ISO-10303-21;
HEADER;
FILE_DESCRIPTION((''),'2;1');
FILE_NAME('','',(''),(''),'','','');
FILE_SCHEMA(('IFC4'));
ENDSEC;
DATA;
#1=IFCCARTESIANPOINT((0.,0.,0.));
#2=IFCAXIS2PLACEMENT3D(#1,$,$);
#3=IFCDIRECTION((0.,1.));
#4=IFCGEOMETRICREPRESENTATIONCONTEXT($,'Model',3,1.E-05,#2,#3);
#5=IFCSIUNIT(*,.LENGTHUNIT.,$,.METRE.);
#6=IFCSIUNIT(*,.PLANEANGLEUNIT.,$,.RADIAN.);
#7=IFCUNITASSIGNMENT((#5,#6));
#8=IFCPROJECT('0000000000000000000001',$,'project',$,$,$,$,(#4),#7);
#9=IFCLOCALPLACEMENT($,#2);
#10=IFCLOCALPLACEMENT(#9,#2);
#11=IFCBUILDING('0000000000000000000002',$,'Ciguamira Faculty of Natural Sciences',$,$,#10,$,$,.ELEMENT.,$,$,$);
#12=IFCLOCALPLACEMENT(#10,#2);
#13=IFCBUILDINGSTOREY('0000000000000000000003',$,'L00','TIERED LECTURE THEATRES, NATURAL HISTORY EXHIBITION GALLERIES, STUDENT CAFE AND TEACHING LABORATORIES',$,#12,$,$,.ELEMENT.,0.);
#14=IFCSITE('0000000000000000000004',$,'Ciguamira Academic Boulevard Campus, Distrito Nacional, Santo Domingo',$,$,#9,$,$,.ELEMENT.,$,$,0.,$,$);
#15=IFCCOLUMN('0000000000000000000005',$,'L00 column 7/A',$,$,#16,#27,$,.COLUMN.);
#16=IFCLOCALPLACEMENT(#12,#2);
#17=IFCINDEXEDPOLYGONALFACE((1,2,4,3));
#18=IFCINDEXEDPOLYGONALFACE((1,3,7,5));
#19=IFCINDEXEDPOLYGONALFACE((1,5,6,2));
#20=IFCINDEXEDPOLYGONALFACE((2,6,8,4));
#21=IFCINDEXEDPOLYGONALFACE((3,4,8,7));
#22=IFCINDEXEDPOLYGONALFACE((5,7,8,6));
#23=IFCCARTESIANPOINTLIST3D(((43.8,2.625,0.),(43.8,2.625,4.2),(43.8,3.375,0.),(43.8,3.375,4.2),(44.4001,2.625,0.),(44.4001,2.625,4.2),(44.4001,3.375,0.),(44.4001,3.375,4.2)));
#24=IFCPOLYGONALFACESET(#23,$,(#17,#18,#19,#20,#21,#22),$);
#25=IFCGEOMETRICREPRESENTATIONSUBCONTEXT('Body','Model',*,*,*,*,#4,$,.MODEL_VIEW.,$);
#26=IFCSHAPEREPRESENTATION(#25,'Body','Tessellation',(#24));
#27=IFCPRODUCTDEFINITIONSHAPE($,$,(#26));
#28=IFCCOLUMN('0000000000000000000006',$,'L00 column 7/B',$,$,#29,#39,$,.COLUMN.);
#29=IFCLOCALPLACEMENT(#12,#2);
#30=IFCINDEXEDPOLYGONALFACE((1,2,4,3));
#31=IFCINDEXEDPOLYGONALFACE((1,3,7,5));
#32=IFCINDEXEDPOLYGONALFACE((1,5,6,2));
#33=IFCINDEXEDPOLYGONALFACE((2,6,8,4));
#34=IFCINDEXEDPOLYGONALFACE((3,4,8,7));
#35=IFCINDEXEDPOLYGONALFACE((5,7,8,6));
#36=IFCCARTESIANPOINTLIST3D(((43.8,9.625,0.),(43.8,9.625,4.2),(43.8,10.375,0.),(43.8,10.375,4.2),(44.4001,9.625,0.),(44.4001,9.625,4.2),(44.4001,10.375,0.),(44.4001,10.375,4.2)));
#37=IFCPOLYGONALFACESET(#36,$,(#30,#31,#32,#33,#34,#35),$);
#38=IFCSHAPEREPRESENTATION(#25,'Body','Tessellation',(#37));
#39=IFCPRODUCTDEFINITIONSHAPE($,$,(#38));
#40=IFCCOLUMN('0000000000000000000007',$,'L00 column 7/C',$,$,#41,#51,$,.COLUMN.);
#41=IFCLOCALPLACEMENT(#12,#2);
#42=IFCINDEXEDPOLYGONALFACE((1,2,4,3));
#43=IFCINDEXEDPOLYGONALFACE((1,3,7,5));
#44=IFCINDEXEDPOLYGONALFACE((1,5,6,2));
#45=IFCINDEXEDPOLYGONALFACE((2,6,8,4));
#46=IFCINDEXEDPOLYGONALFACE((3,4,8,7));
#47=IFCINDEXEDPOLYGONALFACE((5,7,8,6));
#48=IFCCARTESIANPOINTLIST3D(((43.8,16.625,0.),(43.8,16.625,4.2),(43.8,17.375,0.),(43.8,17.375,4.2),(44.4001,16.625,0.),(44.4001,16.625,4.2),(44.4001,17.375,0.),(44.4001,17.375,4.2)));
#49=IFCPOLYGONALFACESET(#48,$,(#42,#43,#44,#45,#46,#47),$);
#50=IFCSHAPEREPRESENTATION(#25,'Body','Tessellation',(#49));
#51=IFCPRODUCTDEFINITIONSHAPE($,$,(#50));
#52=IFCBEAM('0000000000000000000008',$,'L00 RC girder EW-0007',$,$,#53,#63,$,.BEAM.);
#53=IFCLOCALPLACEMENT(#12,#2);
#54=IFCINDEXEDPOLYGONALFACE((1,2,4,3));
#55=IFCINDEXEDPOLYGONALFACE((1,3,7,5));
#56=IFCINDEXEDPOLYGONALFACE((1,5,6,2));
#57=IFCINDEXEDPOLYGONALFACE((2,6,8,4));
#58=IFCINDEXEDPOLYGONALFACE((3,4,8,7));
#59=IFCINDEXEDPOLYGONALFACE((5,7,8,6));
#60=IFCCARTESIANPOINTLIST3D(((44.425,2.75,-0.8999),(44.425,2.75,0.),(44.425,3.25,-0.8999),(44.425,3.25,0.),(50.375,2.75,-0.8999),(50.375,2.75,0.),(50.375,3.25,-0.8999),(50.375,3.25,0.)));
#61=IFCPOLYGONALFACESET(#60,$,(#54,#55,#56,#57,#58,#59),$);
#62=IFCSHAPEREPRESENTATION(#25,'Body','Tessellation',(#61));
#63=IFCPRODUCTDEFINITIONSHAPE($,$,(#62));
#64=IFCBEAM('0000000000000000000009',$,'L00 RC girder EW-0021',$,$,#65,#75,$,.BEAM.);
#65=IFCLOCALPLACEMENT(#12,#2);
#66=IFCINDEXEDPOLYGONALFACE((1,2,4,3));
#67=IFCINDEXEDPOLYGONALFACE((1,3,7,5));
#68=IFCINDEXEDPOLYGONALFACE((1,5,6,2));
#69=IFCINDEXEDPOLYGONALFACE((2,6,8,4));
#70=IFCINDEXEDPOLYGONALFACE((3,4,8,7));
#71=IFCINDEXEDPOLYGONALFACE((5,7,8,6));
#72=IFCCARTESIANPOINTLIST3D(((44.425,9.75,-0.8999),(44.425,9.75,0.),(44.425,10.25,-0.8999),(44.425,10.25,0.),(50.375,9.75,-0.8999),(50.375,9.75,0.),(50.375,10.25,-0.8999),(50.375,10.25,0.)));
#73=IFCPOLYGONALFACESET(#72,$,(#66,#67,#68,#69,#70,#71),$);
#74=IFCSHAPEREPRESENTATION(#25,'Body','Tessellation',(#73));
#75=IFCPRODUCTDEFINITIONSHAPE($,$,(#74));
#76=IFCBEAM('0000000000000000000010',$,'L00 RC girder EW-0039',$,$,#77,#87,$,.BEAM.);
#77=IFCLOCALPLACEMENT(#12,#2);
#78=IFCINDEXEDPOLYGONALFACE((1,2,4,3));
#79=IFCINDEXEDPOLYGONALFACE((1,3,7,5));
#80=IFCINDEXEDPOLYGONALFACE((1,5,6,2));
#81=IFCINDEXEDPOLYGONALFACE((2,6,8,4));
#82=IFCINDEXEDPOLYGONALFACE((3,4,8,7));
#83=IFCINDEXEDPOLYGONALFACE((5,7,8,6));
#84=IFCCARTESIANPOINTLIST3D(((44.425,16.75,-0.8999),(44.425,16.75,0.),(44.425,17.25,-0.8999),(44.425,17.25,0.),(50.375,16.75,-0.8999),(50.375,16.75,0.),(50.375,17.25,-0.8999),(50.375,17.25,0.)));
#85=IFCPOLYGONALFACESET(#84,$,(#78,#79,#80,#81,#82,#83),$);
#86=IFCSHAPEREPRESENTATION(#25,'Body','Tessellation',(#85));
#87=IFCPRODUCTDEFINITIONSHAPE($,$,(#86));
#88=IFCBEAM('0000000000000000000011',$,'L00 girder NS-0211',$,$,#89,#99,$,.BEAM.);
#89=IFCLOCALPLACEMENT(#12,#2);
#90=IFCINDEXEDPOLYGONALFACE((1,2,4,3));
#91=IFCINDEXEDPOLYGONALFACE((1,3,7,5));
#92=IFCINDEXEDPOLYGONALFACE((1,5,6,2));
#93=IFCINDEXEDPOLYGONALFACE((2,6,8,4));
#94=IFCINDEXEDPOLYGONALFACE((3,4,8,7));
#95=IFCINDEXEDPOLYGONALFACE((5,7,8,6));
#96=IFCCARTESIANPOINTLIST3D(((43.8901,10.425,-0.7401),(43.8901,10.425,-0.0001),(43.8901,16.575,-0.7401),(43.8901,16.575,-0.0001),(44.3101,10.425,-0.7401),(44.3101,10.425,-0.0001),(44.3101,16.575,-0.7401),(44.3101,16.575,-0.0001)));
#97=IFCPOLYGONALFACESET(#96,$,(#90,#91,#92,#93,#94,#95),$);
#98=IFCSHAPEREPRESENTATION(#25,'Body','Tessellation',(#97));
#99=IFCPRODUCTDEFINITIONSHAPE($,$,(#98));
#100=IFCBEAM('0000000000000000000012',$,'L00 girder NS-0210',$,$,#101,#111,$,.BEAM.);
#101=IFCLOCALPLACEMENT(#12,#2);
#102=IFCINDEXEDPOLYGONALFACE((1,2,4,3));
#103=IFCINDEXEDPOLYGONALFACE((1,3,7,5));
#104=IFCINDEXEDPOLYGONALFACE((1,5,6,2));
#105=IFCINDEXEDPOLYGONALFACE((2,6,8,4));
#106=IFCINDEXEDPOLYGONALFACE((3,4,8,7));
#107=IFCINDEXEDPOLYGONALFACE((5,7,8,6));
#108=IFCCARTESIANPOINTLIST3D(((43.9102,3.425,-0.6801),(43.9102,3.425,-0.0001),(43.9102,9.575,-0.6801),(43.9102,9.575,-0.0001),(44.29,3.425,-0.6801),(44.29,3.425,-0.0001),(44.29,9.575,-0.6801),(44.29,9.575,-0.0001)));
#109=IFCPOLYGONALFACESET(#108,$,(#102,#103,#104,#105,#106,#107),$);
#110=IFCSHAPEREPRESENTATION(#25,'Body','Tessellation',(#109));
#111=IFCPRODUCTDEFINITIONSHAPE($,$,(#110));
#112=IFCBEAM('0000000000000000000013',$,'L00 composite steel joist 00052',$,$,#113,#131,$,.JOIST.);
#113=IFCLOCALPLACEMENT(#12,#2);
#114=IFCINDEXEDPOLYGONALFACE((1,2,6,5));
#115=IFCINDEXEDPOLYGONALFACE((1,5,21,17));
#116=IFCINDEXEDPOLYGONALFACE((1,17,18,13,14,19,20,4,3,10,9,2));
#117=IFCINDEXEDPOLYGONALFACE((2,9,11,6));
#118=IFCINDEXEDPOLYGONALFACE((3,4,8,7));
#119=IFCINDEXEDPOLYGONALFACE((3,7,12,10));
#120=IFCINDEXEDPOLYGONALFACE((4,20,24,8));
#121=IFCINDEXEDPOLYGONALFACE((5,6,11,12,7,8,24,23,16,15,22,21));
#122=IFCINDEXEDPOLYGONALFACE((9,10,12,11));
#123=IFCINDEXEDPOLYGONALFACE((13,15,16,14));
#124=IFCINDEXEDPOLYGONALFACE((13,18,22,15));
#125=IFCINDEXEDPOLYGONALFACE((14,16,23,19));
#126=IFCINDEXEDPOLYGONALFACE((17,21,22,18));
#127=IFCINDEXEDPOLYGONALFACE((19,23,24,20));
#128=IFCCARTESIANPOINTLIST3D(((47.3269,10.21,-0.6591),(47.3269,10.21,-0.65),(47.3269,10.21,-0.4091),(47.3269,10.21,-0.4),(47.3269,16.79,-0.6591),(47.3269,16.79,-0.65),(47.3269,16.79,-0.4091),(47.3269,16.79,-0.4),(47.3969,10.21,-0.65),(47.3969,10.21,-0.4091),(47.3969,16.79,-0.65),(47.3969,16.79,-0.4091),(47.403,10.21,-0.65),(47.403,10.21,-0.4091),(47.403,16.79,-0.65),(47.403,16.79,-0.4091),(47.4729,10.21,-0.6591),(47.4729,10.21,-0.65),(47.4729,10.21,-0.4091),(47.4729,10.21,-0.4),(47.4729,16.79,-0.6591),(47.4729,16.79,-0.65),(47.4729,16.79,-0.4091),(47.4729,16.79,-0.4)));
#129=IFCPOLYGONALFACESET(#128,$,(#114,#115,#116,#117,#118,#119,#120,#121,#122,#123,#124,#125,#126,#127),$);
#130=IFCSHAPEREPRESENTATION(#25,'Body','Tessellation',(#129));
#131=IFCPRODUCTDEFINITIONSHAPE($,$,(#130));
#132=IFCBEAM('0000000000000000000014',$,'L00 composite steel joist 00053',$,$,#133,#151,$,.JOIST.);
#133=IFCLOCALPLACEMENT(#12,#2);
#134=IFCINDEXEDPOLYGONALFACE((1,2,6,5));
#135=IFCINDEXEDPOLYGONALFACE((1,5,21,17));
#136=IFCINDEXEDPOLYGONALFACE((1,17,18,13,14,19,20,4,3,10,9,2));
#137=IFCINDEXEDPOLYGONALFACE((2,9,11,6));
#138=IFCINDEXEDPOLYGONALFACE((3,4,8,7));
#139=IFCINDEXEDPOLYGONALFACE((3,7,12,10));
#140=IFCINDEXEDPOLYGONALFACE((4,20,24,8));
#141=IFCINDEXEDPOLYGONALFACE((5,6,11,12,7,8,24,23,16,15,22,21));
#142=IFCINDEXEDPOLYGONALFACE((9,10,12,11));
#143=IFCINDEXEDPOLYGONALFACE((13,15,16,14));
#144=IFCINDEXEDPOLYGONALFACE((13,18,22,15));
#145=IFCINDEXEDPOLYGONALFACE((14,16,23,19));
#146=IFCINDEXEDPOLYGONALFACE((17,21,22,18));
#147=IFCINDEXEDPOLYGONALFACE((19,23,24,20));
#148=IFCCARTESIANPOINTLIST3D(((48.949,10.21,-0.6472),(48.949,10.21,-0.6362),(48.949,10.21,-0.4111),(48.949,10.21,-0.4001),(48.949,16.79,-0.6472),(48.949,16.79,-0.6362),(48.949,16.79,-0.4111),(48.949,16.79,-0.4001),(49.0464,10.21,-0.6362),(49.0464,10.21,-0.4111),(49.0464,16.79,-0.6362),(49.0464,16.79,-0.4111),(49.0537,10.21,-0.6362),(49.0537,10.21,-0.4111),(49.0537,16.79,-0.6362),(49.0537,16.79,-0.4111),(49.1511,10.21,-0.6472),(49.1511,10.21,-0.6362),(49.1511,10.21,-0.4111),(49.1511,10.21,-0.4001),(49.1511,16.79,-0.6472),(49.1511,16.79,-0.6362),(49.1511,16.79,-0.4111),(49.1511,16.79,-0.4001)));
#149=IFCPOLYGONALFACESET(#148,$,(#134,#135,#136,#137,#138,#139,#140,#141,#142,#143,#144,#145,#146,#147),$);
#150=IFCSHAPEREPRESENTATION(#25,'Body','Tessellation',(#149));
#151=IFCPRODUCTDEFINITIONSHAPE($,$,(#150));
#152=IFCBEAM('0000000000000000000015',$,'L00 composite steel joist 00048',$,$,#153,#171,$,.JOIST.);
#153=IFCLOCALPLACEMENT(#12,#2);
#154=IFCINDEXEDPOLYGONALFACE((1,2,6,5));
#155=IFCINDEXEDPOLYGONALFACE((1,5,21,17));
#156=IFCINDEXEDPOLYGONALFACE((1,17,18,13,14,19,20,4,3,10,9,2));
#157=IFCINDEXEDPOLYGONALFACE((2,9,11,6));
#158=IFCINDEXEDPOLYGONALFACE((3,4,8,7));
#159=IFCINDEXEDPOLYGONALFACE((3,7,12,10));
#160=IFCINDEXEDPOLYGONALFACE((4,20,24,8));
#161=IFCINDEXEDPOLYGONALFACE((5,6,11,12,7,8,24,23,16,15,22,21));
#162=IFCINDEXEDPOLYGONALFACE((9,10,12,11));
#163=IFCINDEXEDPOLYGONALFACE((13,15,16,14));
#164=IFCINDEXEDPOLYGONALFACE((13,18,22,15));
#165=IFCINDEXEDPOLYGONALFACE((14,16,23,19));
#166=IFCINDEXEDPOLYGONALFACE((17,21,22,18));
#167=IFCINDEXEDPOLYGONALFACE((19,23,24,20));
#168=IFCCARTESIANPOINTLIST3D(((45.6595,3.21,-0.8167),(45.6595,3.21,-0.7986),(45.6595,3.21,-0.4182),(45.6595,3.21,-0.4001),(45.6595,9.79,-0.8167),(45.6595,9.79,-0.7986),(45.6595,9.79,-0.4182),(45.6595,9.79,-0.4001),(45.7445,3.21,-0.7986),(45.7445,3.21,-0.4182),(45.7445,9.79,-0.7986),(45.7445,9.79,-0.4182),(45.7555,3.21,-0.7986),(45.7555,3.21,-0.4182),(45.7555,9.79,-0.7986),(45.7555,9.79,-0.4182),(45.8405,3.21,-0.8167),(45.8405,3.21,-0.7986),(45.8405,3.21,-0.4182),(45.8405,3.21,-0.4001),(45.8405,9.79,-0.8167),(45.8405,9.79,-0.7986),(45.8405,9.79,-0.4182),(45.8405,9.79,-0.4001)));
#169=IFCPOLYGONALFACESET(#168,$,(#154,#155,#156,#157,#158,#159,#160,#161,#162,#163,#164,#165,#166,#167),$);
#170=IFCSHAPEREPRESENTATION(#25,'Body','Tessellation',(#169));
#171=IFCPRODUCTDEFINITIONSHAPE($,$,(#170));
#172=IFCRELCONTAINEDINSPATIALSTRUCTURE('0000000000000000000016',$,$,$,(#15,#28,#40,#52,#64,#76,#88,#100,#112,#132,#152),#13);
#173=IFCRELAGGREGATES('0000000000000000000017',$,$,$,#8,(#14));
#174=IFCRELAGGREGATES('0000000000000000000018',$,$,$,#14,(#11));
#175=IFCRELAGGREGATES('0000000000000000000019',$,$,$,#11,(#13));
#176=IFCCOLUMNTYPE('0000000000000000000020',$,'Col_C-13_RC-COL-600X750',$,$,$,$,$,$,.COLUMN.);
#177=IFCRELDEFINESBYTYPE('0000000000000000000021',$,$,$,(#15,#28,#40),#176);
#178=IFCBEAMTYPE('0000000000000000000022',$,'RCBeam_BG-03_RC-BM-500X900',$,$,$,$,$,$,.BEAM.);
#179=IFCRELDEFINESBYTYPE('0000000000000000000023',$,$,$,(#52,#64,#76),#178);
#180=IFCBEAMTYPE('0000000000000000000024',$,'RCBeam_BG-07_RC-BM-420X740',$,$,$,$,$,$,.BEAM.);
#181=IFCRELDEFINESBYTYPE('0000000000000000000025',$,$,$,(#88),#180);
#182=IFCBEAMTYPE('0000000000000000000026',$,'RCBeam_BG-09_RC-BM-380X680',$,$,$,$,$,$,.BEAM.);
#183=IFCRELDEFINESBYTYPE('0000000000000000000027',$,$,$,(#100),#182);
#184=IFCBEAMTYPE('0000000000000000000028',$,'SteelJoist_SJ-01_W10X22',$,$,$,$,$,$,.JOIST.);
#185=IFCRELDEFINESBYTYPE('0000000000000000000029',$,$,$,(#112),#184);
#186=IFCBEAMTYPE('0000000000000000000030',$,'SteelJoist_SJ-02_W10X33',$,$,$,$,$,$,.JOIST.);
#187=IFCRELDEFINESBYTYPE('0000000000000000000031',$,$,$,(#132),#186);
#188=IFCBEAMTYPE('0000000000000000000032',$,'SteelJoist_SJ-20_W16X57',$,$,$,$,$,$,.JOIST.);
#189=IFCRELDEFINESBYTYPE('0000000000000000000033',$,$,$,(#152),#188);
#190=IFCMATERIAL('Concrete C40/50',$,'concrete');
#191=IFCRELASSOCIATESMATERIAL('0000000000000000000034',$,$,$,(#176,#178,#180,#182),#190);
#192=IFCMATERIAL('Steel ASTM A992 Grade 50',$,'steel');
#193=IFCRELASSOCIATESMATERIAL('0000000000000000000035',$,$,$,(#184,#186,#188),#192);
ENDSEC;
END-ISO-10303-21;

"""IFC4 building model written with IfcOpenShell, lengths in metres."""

from ifc_helpers import new_model, si_unit, direction, frame, origin, origin_2d, place, context, subcontext, project, spatial, rectangle, i_section, extrude, material, material_profile, profile_set, type_object, element, save


model = new_model("IFC4")

# Units and contexts
model_context = context("Model", 3, precision=1e-05, world=origin(), true_north=direction((0.0, 1.0)))
body_context = subcontext(model_context, "Body", "Model", "MODEL_VIEW")
ifc_project = project(units=[si_unit("LENGTHUNIT", "METRE"), si_unit("PLANEANGLEUNIT", "RADIAN")], contexts=[model_context])

# Site, building, storey
site_placement = place(None, origin())
site = spatial("IfcSite", under=ifc_project, at=site_placement, Name="Ciguamira Academic Boulevard Campus, Distrito Nacional, Santo Domingo", CompositionType="ELEMENT", RefElevation=0.0)
building_placement = place(site_placement, origin())
building = spatial("IfcBuilding", under=site, at=building_placement, Name="Ciguamira Faculty of Natural Sciences", CompositionType="ELEMENT")
storey_placement = place(building_placement, origin())
storey = spatial("IfcBuildingStorey", under=building, at=storey_placement, Name="L00", Description="TIERED LECTURE THEATRES, NATURAL HISTORY EXHIBITION GALLERIES, STUDENT CAFE AND TEACHING LABORATORIES", CompositionType="ELEMENT", Elevation=0.0)

# Columns
ifc_material_1 = material(Name="Concrete C40/50", Category="concrete")
ifc_material_profile_1 = material_profile(ifc_material_1, rectangle(XDim=0.6001, YDim=0.75, at=origin_2d()), Name="RC-COL-600X750")
ifc_profile_set_1 = profile_set([ifc_material_profile_1], Name="Concrete C40/50")
column_type = type_object("IfcColumnType", Name="Col_C-13_RC-COL-600X750", PredefinedType="COLUMN", material=ifc_profile_set_1)
for number, where, z_axis, x_axis, name in (
    (1, (44.1001, 3.0, 0.0), (0.0, 0.0, 1.0), (1.0, 0.0, 0.0), "L00 column 7/A"),
    (2, (44.1001, 10.0, 0.0), (0.0, 0.0, 1.0), (1.0, 0.0, 0.0), "L00 column 7/B"),
    (3, (44.1001, 17.0, 0.0), (0.0, 0.0, 1.0), (1.0, 0.0, 0.0), "L00 column 7/C"),
):
    element("IfcColumn", number, at=place(storey_placement, frame(where, z_axis=z_axis, x_axis=x_axis)), inside=storey, type_object=column_type, Name=name, PredefinedType="COLUMN", context=body_context, shape_type="SweptSolid", body=[
        extrude(rectangle(XDim=0.6001, YDim=0.75, at=origin_2d()), origin(), (0.0, 0.0, 1.0), 4.2),
    ])

# Beams
ifc_material_profile_2 = material_profile(ifc_material_1, rectangle(XDim=0.5, YDim=0.8999, at=origin_2d()), Name="RC-BM-500X900")
ifc_profile_set_2 = profile_set([ifc_material_profile_2], Name="Concrete C40/50")
beam_type_1 = type_object("IfcBeamType", Name="RCBeam_BG-03_RC-BM-500X900", PredefinedType="BEAM", material=ifc_profile_set_2)
for number, where, z_axis, x_axis, name in (
    (4, (44.425, 3.0, -0.45), (1.0, 0.0, 0.0), (0.0, 1.0, 0.0), "L00 RC girder EW-0007"),
    (5, (44.425, 10.0, -0.45), (1.0, 0.0, 0.0), (0.0, 1.0, 0.0), "L00 RC girder EW-0021"),
    (6, (44.425, 17.0, -0.45), (1.0, 0.0, 0.0), (0.0, 1.0, 0.0), "L00 RC girder EW-0039"),
):
    element("IfcBeam", number, at=place(storey_placement, frame(where, z_axis=z_axis, x_axis=x_axis)), inside=storey, type_object=beam_type_1, Name=name, PredefinedType="BEAM", context=body_context, shape_type="SweptSolid", body=[
        extrude(rectangle(XDim=0.5, YDim=0.8999, at=origin_2d()), origin(), (0.0, 0.0, 1.0), 5.95),
    ])
ifc_material_profile_3 = material_profile(ifc_material_1, rectangle(XDim=0.4199, YDim=0.74, at=origin_2d()), Name="RC-BM-420X740")
ifc_profile_set_3 = profile_set([ifc_material_profile_3], Name="Concrete C40/50")
beam_type_2 = type_object("IfcBeamType", Name="RCBeam_BG-07_RC-BM-420X740", PredefinedType="BEAM", material=ifc_profile_set_3)
beam_1_placement = place(storey_placement, frame((44.1001, 10.425, -0.3701), z_axis=(0.0, 1.0, 0.0), x_axis=(-1.0, 0.0, 0.0)))
element("IfcBeam", 7, at=beam_1_placement, inside=storey, type_object=beam_type_2, Name="L00 girder NS-0211", PredefinedType="BEAM", context=body_context, shape_type="SweptSolid", body=[
    extrude(rectangle(XDim=0.4199, YDim=0.74, at=origin_2d()), origin(), (0.0, 0.0, 1.0), 6.1499),
])
ifc_material_profile_4 = material_profile(ifc_material_1, rectangle(XDim=0.3799, YDim=0.6799, at=origin_2d()), Name="RC-BM-380X680")
ifc_profile_set_4 = profile_set([ifc_material_profile_4], Name="Concrete C40/50")
beam_type_3 = type_object("IfcBeamType", Name="RCBeam_BG-09_RC-BM-380X680", PredefinedType="BEAM", material=ifc_profile_set_4)
beam_2_placement = place(storey_placement, frame((44.1001, 3.425, -0.3401), z_axis=(0.0, 1.0, 0.0), x_axis=(-1.0, 0.0, 0.0)))
element("IfcBeam", 8, at=beam_2_placement, inside=storey, type_object=beam_type_3, Name="L00 girder NS-0210", PredefinedType="BEAM", context=body_context, shape_type="SweptSolid", body=[
    extrude(rectangle(XDim=0.3799, YDim=0.6799, at=origin_2d()), origin(), (0.0, 0.0, 1.0), 6.1499),
])
ifc_material_2 = material(Name="Steel ASTM A992 Grade 50", Category="steel")
ifc_material_profile_5 = material_profile(ifc_material_2, i_section(OverallWidth=0.146, OverallDepth=0.259, WebThickness=0.0061, FlangeThickness=0.009, at=origin_2d()), Name="W10X22")
ifc_profile_set_5 = profile_set([ifc_material_profile_5], Name="Steel ASTM A992 Grade 50")
beam_type_4 = type_object("IfcBeamType", Name="SteelJoist_SJ-01_W10X22", PredefinedType="JOIST", material=ifc_profile_set_5)
beam_3_placement = place(storey_placement, frame((47.3999, 10.21, -0.5295), z_axis=(0.0, 1.0, 0.0), x_axis=(-1.0, 0.0, 0.0)))
element("IfcBeam", 9, at=beam_3_placement, inside=storey, type_object=beam_type_4, Name="L00 composite steel joist 00052", PredefinedType="JOIST", context=body_context, shape_type="SweptSolid", body=[
    extrude(i_section(OverallWidth=0.146, OverallDepth=0.259, WebThickness=0.0061, FlangeThickness=0.009, at=origin_2d()), origin(), (0.0, 0.0, 1.0), 6.5801),
])
ifc_material_profile_6 = material_profile(ifc_material_2, i_section(OverallWidth=0.2021, OverallDepth=0.2471, WebThickness=0.0073, FlangeThickness=0.011, at=origin_2d()), Name="W10X33")
ifc_profile_set_6 = profile_set([ifc_material_profile_6], Name="Steel ASTM A992 Grade 50")
beam_type_5 = type_object("IfcBeamType", Name="SteelJoist_SJ-02_W10X33", PredefinedType="JOIST", material=ifc_profile_set_6)
beam_4_placement = place(storey_placement, frame((49.05, 10.21, -0.5237), z_axis=(0.0, 1.0, 0.0), x_axis=(-1.0, 0.0, 0.0)))
element("IfcBeam", 10, at=beam_4_placement, inside=storey, type_object=beam_type_5, Name="L00 composite steel joist 00053", PredefinedType="JOIST", context=body_context, shape_type="SweptSolid", body=[
    extrude(i_section(OverallWidth=0.2021, OverallDepth=0.2471, WebThickness=0.0073, FlangeThickness=0.011, at=origin_2d()), origin(), (0.0, 0.0, 1.0), 6.5801),
])
ifc_material_profile_7 = material_profile(ifc_material_2, i_section(OverallWidth=0.1809, OverallDepth=0.4165, WebThickness=0.011, FlangeThickness=0.0181, at=origin_2d()), Name="W16X57")
ifc_profile_set_7 = profile_set([ifc_material_profile_7], Name="Steel ASTM A992 Grade 50")
beam_type_6 = type_object("IfcBeamType", Name="SteelJoist_SJ-20_W16X57", PredefinedType="JOIST", material=ifc_profile_set_7)
beam_5_placement = place(storey_placement, frame((45.75, 3.21, -0.6084), z_axis=(0.0, 1.0, 0.0), x_axis=(-1.0, 0.0, 0.0)))
element("IfcBeam", 11, at=beam_5_placement, inside=storey, type_object=beam_type_6, Name="L00 composite steel joist 00048", PredefinedType="JOIST", context=body_context, shape_type="SweptSolid", body=[
    extrude(i_section(OverallWidth=0.1809, OverallDepth=0.4165, WebThickness=0.011, FlangeThickness=0.0181, at=origin_2d()), origin(), (0.0, 0.0, 1.0), 6.5801),
])

save(model, "model.ifc")
